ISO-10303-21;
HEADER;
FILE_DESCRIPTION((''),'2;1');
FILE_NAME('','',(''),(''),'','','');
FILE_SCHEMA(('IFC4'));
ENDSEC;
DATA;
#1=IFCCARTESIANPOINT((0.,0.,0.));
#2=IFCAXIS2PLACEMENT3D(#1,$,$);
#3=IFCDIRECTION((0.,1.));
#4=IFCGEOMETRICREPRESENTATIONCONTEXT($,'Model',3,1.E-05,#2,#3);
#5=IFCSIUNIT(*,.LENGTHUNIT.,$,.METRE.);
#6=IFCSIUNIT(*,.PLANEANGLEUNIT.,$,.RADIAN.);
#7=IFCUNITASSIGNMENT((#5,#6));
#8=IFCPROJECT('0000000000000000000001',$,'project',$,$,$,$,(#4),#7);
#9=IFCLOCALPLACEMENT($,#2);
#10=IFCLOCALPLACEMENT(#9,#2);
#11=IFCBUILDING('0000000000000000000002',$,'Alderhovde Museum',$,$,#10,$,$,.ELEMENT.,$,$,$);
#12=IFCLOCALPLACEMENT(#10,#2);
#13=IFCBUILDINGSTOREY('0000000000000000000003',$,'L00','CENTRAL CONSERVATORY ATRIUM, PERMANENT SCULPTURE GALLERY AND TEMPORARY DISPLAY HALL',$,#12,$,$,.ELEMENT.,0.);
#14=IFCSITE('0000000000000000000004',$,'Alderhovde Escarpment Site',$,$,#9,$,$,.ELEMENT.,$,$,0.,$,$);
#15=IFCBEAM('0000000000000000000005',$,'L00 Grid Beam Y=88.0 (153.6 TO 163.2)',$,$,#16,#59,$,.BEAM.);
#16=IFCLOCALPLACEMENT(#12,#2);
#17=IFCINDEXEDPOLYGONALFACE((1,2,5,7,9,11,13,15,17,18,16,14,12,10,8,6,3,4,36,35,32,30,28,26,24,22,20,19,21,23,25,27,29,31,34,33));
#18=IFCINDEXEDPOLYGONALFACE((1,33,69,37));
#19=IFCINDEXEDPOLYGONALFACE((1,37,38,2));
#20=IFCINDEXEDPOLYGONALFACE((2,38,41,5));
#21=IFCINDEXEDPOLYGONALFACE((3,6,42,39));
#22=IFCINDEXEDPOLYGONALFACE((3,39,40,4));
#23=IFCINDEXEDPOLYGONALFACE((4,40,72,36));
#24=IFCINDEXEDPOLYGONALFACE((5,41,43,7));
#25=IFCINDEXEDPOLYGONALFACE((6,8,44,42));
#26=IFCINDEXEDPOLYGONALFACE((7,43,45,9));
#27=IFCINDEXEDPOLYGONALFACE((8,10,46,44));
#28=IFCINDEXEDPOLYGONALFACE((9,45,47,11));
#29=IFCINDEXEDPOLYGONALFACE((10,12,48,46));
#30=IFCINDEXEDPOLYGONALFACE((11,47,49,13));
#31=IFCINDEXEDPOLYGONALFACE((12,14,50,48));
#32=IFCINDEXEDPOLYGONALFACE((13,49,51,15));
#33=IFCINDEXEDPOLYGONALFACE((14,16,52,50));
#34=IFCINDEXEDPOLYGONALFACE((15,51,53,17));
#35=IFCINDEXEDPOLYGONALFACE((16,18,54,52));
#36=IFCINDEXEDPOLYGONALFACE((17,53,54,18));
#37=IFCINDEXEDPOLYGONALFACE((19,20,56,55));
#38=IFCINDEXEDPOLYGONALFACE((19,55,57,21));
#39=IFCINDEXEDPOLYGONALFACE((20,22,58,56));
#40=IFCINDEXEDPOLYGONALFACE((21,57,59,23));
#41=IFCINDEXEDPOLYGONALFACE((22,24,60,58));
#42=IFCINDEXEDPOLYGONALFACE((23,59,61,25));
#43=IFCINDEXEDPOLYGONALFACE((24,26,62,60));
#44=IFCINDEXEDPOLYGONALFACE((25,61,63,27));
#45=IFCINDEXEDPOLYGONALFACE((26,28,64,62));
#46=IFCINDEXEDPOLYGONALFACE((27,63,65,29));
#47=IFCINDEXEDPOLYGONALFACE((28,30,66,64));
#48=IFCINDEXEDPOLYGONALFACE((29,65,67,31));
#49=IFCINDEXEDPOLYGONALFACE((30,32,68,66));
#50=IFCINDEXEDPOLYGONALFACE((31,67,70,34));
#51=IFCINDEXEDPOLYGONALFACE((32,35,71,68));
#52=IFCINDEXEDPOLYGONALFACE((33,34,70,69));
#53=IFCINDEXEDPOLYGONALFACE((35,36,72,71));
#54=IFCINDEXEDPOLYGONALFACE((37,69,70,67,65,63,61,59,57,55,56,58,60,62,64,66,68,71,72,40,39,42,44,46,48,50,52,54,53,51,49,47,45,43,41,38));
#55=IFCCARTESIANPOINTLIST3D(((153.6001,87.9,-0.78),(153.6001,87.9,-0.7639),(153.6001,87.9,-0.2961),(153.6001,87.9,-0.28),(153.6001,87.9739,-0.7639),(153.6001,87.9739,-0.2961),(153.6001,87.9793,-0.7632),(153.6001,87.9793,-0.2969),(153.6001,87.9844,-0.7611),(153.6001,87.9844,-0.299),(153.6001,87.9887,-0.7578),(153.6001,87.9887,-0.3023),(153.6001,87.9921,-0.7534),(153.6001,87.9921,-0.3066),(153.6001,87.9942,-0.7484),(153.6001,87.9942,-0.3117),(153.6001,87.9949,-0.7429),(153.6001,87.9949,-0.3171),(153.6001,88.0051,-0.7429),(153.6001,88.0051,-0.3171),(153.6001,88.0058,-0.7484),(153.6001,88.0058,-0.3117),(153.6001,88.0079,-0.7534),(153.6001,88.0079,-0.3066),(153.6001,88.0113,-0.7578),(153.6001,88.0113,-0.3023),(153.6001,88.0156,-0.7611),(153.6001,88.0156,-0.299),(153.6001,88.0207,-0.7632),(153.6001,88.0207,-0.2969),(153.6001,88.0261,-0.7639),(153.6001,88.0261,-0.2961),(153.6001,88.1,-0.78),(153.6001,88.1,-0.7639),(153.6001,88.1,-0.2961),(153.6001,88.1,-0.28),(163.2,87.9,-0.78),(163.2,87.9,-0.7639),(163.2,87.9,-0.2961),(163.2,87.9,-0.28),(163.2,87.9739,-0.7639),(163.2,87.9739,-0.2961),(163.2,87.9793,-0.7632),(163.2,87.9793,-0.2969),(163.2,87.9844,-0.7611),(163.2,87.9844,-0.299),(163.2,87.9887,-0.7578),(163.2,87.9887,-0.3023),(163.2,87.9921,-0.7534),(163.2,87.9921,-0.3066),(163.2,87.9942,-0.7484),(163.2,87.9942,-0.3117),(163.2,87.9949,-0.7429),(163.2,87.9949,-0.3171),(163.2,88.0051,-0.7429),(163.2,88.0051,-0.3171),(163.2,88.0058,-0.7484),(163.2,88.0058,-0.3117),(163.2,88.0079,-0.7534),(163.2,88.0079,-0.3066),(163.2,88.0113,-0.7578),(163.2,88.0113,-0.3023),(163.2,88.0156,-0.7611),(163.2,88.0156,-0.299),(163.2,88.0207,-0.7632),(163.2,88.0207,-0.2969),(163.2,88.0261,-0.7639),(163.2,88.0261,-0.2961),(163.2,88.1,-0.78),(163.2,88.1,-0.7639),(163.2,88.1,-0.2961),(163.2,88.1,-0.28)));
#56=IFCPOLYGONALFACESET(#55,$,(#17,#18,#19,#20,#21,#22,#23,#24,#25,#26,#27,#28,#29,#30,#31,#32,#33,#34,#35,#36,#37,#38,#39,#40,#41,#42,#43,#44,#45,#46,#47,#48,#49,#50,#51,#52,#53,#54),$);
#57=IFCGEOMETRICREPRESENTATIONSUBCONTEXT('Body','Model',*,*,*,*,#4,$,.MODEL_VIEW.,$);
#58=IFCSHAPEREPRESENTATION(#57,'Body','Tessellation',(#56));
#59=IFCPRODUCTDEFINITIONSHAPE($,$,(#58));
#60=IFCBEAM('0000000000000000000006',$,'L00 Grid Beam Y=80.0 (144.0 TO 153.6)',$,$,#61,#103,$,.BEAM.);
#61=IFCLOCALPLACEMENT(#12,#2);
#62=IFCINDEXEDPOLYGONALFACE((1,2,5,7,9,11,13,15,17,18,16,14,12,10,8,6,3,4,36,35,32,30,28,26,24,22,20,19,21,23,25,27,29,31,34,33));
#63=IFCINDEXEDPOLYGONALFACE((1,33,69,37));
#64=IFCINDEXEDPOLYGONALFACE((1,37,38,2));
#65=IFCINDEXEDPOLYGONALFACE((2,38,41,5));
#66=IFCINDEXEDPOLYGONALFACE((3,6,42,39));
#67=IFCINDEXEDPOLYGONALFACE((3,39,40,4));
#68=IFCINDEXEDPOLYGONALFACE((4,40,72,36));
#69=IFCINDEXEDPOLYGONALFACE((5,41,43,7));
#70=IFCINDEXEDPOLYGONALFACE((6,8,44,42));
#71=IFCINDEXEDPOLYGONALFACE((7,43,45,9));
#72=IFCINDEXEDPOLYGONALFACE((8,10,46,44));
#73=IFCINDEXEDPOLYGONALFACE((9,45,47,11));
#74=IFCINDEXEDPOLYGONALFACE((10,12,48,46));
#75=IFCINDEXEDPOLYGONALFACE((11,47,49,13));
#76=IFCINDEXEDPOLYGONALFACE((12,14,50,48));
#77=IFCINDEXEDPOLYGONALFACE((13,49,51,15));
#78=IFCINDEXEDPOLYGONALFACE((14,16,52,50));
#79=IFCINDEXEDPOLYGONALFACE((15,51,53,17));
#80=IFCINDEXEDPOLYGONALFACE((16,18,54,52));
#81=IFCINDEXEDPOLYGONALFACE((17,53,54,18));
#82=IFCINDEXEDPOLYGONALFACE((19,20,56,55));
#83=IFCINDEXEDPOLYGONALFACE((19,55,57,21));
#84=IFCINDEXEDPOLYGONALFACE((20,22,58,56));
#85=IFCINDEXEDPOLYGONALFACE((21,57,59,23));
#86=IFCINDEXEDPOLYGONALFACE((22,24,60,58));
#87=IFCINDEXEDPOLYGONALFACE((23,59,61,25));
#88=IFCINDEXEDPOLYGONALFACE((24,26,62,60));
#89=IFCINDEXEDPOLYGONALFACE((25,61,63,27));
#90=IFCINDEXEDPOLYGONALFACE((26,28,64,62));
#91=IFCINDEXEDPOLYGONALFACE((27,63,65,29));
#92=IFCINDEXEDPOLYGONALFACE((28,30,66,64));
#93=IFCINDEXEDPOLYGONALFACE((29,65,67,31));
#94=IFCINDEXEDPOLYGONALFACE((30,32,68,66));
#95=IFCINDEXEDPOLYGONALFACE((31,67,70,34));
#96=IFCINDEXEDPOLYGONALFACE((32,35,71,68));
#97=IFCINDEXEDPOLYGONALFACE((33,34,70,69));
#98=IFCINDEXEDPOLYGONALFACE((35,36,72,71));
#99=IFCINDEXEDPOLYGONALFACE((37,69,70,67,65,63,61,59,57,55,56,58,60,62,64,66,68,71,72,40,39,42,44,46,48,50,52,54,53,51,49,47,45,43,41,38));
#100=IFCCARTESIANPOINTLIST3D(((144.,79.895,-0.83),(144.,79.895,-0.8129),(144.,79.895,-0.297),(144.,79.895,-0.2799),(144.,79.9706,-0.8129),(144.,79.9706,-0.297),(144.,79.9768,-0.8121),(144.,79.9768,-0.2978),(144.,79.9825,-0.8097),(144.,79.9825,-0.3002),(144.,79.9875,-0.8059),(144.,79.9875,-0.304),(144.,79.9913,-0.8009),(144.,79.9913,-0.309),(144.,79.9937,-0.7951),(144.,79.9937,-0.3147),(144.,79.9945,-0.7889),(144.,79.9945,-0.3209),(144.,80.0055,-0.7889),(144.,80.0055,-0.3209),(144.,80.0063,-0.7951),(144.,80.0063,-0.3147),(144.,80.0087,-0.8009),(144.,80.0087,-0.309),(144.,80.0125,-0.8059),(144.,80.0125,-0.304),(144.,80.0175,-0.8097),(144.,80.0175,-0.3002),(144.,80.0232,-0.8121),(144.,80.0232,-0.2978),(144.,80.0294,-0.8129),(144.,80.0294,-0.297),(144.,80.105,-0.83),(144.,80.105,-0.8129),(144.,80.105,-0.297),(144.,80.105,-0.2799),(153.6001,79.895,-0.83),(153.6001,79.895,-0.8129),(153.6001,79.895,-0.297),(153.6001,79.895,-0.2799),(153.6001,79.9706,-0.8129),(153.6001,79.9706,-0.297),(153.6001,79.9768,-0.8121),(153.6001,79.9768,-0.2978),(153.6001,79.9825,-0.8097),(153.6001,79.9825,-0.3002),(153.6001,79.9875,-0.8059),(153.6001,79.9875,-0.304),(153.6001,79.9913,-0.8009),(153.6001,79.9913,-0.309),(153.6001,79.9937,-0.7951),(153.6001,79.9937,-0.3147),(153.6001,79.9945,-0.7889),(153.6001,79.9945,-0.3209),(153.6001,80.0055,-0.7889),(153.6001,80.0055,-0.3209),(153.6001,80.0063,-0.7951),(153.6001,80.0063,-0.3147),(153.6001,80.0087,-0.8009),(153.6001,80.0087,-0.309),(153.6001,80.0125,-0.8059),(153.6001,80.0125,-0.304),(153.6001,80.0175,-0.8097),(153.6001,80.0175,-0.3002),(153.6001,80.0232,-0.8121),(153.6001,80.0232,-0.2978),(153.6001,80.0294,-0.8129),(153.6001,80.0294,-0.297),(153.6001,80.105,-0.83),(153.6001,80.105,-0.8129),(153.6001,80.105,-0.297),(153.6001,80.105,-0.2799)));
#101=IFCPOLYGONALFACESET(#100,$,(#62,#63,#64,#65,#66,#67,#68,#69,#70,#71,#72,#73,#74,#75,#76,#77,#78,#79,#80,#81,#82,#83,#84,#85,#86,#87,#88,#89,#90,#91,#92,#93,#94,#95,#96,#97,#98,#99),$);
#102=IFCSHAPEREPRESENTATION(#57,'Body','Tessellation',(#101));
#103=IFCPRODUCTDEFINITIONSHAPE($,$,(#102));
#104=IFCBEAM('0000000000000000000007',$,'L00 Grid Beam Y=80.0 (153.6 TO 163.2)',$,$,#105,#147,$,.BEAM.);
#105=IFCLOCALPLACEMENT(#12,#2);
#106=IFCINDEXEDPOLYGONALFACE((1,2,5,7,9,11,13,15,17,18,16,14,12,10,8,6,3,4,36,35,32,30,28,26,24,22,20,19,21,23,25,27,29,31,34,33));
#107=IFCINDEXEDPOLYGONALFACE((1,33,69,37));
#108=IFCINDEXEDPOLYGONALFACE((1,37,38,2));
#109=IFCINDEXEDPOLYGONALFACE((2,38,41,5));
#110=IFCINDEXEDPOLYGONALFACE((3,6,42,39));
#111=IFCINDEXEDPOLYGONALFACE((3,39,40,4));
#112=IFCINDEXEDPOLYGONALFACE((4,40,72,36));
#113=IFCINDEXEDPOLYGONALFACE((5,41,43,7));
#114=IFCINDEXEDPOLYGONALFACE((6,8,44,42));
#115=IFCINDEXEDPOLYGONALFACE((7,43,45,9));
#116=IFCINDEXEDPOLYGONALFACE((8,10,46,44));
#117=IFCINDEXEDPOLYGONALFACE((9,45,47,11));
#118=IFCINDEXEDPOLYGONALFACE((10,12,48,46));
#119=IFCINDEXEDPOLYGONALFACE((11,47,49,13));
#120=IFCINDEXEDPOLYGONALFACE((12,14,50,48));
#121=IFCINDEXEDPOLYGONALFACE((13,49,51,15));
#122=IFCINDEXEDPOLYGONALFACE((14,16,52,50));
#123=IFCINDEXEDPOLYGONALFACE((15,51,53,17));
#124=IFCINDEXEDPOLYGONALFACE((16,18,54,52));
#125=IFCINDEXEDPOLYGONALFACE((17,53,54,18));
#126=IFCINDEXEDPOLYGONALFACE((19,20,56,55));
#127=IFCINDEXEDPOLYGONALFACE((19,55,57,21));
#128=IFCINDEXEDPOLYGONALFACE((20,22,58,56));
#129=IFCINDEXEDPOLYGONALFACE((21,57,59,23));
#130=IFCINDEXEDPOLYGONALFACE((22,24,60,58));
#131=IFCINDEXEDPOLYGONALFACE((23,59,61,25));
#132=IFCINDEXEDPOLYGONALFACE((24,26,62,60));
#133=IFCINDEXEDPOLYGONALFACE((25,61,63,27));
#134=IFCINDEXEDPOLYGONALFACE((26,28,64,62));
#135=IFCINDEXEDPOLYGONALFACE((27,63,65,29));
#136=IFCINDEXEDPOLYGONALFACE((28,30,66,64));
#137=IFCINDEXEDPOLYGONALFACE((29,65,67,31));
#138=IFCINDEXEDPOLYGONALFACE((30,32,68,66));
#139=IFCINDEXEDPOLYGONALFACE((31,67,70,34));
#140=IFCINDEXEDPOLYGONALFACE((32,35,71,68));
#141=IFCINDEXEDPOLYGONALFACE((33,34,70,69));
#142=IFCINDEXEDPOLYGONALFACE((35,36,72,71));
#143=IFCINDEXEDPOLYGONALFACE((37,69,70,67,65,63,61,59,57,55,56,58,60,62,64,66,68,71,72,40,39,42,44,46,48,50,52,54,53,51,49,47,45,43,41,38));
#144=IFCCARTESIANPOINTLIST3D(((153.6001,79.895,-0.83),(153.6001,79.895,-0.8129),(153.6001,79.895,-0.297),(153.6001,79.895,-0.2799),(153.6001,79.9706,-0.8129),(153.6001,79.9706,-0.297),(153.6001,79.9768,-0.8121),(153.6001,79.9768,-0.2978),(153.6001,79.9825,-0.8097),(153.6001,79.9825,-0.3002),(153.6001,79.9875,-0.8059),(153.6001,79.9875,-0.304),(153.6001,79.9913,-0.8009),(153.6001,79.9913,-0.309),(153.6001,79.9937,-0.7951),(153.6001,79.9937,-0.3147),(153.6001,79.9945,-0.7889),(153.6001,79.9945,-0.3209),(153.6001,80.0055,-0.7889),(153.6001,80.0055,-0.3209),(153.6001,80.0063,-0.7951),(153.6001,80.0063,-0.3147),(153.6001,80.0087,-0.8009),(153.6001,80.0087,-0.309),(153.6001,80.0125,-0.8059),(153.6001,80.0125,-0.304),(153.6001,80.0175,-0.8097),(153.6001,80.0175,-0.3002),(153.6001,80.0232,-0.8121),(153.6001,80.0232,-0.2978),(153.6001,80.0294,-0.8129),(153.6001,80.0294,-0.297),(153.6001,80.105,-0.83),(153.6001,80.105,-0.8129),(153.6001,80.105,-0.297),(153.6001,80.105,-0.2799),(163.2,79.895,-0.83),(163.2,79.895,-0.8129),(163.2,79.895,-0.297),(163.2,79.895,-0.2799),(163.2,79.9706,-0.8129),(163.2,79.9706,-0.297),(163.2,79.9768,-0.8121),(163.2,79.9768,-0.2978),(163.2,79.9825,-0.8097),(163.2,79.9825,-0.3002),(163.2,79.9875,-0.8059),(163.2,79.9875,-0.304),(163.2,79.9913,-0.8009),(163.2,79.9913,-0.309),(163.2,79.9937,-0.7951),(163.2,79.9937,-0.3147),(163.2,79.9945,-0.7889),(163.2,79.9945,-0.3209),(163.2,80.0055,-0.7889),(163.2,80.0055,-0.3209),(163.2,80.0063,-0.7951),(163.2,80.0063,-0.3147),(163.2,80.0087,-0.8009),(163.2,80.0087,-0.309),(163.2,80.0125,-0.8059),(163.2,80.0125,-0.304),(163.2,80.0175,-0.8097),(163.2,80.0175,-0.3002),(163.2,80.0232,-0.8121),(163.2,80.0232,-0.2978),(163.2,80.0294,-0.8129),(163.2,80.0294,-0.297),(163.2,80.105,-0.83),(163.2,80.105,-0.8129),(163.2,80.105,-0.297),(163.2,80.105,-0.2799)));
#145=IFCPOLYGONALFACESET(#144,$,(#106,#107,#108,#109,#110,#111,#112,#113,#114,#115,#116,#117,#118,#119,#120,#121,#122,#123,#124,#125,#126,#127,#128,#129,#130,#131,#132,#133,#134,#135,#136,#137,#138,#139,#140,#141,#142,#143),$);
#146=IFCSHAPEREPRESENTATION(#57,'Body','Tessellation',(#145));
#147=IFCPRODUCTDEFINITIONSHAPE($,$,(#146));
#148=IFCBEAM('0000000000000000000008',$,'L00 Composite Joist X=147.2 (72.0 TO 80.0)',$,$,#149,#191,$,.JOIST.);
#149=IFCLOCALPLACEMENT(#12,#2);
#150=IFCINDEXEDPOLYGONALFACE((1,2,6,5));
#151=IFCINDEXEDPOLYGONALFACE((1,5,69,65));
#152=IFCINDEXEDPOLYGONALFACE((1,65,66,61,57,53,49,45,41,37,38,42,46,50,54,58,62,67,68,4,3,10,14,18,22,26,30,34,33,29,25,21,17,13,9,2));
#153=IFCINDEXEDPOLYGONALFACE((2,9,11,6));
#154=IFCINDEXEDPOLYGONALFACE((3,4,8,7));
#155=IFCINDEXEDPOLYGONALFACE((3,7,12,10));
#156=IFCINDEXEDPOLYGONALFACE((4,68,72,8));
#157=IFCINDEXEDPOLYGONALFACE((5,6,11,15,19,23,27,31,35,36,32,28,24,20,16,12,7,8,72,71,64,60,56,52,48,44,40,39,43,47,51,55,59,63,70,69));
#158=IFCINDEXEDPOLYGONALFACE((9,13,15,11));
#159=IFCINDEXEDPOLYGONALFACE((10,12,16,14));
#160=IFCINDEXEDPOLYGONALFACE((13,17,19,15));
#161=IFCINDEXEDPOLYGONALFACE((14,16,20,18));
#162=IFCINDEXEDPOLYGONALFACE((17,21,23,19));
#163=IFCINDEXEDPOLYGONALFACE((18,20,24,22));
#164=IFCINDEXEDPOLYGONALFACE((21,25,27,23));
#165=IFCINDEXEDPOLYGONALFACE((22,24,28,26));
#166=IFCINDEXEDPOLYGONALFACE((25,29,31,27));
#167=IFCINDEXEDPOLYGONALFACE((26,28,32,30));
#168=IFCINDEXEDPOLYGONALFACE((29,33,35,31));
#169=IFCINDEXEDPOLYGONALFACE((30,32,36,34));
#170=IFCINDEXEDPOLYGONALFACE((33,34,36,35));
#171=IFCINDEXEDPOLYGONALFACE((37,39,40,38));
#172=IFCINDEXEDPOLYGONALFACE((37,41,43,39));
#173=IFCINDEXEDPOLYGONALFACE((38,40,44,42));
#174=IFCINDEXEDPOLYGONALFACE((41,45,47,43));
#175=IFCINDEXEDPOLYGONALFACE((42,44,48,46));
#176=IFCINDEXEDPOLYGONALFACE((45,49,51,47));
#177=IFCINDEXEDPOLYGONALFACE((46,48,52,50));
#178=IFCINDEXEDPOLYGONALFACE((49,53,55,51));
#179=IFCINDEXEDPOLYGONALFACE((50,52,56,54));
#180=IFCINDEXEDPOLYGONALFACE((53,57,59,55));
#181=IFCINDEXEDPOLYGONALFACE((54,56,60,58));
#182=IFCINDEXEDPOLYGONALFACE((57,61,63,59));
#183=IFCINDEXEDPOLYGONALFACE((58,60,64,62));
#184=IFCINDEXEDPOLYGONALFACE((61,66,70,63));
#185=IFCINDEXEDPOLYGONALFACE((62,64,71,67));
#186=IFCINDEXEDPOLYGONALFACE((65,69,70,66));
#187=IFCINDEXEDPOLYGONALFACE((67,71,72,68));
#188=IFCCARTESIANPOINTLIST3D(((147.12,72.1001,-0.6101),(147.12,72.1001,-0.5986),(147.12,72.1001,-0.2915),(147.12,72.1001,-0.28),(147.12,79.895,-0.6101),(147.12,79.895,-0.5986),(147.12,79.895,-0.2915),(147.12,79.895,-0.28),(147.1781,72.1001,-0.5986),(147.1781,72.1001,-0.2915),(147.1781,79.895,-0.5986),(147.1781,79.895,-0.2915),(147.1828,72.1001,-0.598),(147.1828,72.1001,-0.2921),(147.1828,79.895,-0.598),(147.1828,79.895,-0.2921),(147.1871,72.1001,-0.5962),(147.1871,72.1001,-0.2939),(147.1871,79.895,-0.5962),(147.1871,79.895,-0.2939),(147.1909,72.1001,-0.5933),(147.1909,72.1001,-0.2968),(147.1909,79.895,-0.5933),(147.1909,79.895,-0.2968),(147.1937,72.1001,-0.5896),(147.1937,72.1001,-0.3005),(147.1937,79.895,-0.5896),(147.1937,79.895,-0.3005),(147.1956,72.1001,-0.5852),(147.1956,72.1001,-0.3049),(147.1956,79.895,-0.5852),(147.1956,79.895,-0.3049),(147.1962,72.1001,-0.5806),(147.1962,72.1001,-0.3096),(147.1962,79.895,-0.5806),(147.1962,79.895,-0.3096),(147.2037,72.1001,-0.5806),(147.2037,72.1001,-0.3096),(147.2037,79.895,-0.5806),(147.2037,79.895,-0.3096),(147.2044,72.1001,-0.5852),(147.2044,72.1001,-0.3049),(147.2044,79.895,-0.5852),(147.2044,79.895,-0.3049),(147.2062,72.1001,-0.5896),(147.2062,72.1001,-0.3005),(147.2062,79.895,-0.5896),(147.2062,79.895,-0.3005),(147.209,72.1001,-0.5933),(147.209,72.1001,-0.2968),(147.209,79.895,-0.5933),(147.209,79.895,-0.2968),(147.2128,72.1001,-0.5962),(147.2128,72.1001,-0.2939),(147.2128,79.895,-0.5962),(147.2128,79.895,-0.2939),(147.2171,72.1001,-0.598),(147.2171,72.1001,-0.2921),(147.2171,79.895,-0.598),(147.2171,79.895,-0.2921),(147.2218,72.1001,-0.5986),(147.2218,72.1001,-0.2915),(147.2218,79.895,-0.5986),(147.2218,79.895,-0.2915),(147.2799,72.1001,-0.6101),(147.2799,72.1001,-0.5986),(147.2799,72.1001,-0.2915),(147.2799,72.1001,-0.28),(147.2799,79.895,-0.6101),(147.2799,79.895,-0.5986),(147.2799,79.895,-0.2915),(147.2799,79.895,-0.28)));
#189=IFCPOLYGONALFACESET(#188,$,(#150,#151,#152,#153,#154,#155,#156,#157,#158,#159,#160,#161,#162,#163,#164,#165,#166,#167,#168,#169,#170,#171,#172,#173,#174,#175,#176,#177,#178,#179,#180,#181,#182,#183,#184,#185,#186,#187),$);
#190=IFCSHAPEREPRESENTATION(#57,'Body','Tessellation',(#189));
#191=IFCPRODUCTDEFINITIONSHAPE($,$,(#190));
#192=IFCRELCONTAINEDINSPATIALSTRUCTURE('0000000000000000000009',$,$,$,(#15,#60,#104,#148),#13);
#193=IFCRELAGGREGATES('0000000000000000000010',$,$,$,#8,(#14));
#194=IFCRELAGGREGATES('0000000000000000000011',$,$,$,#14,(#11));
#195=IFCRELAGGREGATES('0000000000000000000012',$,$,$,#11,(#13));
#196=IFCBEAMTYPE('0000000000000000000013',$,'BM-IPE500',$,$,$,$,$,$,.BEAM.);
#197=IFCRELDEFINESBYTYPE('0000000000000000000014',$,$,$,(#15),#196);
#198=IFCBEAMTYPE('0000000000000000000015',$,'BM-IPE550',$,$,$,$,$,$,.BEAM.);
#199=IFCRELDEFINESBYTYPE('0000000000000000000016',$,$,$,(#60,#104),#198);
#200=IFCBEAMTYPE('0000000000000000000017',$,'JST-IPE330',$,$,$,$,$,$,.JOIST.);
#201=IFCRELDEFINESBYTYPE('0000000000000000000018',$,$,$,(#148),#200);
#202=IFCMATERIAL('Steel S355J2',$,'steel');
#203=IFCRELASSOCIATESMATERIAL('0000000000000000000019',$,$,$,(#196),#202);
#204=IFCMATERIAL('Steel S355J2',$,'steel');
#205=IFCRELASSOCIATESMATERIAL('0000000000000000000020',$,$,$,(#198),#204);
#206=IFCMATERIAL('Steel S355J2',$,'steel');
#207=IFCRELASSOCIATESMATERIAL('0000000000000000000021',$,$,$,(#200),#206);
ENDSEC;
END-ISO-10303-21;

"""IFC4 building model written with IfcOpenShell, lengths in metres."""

from ifc_helpers import new_model, si_unit, direction, frame, origin, origin_2d, place, context, subcontext, project, spatial, i_section, extrude, material, material_profile, profile_set, type_object, element, save


model = new_model("IFC4")

# Units and contexts
model_context = context("Model", 3, precision=1e-05, world=origin(), true_north=direction((0.0, 1.0)))
body_context = subcontext(model_context, "Body", "Model", "MODEL_VIEW")
ifc_project = project(units=[si_unit("LENGTHUNIT", "METRE"), si_unit("PLANEANGLEUNIT", "RADIAN")], contexts=[model_context])

# Site, building, storey
site_placement = place(None, origin())
site = spatial("IfcSite", under=ifc_project, at=site_placement, Name="Alderhovde Escarpment Site", CompositionType="ELEMENT", RefElevation=0.0)
building_placement = place(site_placement, origin())
building = spatial("IfcBuilding", under=site, at=building_placement, Name="Alderhovde Museum", CompositionType="ELEMENT")
storey_placement = place(building_placement, origin())
storey = spatial("IfcBuildingStorey", under=building, at=storey_placement, Name="L00", Description="CENTRAL CONSERVATORY ATRIUM, PERMANENT SCULPTURE GALLERY AND TEMPORARY DISPLAY HALL", CompositionType="ELEMENT", Elevation=0.0)

# Beams
ifc_material_1 = material(Name="Steel S355J2", Category="steel")
ifc_material_profile_1 = material_profile(ifc_material_1, i_section(OverallWidth=0.2, OverallDepth=0.5, WebThickness=0.0103, FlangeThickness=0.0161, FilletRadius=0.021, at=origin_2d()), Name="IPE 500")
ifc_profile_set_1 = profile_set([ifc_material_profile_1], Name="Steel S355J2")
beam_type_1 = type_object("IfcBeamType", Name="BM-IPE500", PredefinedType="BEAM", material=ifc_profile_set_1)
beam_1_placement = place(storey_placement, frame((153.6001, 88.0, -0.53), z_axis=(1.0, 0.0, 0.0), x_axis=(0.0, 1.0, 0.0)))
element("IfcBeam", 1, at=beam_1_placement, inside=storey, type_object=beam_type_1, Name="L00 Grid Beam Y=88.0 (153.6 TO 163.2)", PredefinedType="BEAM", context=body_context, shape_type="SweptSolid", body=[
    extrude(i_section(OverallWidth=0.2, OverallDepth=0.5, WebThickness=0.0103, FlangeThickness=0.0161, FilletRadius=0.021, at=origin_2d()), origin(), (0.0, 0.0, 1.0), 9.5999),
])
ifc_material_2 = material(Name="Steel S355J2", Category="steel")
ifc_material_profile_2 = material_profile(ifc_material_2, i_section(OverallWidth=0.21, OverallDepth=0.55, WebThickness=0.011, FlangeThickness=0.0171, FilletRadius=0.0239, at=origin_2d()), Name="IPE 550")
ifc_profile_set_2 = profile_set([ifc_material_profile_2], Name="Steel S355J2")
beam_type_2 = type_object("IfcBeamType", Name="BM-IPE550", PredefinedType="BEAM", material=ifc_profile_set_2)
beam_2_placement = place(storey_placement, frame((144.0, 80.0, -0.5549), z_axis=(1.0, 0.0, 0.0), x_axis=(0.0, 1.0, 0.0)))
element("IfcBeam", 2, at=beam_2_placement, inside=storey, type_object=beam_type_2, Name="L00 Grid Beam Y=80.0 (144.0 TO 153.6)", PredefinedType="BEAM", context=body_context, shape_type="SweptSolid", body=[
    extrude(i_section(OverallWidth=0.21, OverallDepth=0.55, WebThickness=0.011, FlangeThickness=0.0171, FilletRadius=0.0239, at=origin_2d()), origin(), (0.0, 0.0, 1.0), 9.6001),
])
beam_3_placement = place(storey_placement, frame((153.6001, 80.0, -0.5549), z_axis=(1.0, 0.0, 0.0), x_axis=(0.0, 1.0, 0.0)))
element("IfcBeam", 3, at=beam_3_placement, inside=storey, type_object=beam_type_2, Name="L00 Grid Beam Y=80.0 (153.6 TO 163.2)", PredefinedType="BEAM", context=body_context, shape_type="SweptSolid", body=[
    extrude(i_section(OverallWidth=0.21, OverallDepth=0.55, WebThickness=0.011, FlangeThickness=0.0171, FilletRadius=0.0239, at=origin_2d()), origin(), (0.0, 0.0, 1.0), 9.5999),
])
ifc_material_3 = material(Name="Steel S355J2", Category="steel")
ifc_material_profile_3 = material_profile(ifc_material_3, i_section(OverallWidth=0.1599, OverallDepth=0.3301, WebThickness=0.0076, FlangeThickness=0.0115, FilletRadius=0.0181, at=origin_2d()), Name="IPE 330")
ifc_profile_set_3 = profile_set([ifc_material_profile_3], Name="Steel S355J2")
beam_type_3 = type_object("IfcBeamType", Name="JST-IPE330", PredefinedType="JOIST", material=ifc_profile_set_3)
for number, where, z_axis, x_axis, name in (
    (4, (147.2, 72.1001, -0.4451), (0.0, 1.0, 0.0), (-1.0, 0.0, 0.0), "L00 Composite Joist X=147.2 (72.0 TO 80.0)"),
):
    element("IfcBeam", number, at=place(storey_placement, frame(where, z_axis=z_axis, x_axis=x_axis)), inside=storey, type_object=beam_type_3, Name=name, PredefinedType="JOIST", context=body_context, shape_type="SweptSolid", body=[
        extrude(i_section(OverallWidth=0.1599, OverallDepth=0.3301, WebThickness=0.0076, FlangeThickness=0.0115, FilletRadius=0.0181, at=origin_2d()), origin(), (0.0, 0.0, 1.0), 7.7949),
    ])

save(model, "model.ifc")
